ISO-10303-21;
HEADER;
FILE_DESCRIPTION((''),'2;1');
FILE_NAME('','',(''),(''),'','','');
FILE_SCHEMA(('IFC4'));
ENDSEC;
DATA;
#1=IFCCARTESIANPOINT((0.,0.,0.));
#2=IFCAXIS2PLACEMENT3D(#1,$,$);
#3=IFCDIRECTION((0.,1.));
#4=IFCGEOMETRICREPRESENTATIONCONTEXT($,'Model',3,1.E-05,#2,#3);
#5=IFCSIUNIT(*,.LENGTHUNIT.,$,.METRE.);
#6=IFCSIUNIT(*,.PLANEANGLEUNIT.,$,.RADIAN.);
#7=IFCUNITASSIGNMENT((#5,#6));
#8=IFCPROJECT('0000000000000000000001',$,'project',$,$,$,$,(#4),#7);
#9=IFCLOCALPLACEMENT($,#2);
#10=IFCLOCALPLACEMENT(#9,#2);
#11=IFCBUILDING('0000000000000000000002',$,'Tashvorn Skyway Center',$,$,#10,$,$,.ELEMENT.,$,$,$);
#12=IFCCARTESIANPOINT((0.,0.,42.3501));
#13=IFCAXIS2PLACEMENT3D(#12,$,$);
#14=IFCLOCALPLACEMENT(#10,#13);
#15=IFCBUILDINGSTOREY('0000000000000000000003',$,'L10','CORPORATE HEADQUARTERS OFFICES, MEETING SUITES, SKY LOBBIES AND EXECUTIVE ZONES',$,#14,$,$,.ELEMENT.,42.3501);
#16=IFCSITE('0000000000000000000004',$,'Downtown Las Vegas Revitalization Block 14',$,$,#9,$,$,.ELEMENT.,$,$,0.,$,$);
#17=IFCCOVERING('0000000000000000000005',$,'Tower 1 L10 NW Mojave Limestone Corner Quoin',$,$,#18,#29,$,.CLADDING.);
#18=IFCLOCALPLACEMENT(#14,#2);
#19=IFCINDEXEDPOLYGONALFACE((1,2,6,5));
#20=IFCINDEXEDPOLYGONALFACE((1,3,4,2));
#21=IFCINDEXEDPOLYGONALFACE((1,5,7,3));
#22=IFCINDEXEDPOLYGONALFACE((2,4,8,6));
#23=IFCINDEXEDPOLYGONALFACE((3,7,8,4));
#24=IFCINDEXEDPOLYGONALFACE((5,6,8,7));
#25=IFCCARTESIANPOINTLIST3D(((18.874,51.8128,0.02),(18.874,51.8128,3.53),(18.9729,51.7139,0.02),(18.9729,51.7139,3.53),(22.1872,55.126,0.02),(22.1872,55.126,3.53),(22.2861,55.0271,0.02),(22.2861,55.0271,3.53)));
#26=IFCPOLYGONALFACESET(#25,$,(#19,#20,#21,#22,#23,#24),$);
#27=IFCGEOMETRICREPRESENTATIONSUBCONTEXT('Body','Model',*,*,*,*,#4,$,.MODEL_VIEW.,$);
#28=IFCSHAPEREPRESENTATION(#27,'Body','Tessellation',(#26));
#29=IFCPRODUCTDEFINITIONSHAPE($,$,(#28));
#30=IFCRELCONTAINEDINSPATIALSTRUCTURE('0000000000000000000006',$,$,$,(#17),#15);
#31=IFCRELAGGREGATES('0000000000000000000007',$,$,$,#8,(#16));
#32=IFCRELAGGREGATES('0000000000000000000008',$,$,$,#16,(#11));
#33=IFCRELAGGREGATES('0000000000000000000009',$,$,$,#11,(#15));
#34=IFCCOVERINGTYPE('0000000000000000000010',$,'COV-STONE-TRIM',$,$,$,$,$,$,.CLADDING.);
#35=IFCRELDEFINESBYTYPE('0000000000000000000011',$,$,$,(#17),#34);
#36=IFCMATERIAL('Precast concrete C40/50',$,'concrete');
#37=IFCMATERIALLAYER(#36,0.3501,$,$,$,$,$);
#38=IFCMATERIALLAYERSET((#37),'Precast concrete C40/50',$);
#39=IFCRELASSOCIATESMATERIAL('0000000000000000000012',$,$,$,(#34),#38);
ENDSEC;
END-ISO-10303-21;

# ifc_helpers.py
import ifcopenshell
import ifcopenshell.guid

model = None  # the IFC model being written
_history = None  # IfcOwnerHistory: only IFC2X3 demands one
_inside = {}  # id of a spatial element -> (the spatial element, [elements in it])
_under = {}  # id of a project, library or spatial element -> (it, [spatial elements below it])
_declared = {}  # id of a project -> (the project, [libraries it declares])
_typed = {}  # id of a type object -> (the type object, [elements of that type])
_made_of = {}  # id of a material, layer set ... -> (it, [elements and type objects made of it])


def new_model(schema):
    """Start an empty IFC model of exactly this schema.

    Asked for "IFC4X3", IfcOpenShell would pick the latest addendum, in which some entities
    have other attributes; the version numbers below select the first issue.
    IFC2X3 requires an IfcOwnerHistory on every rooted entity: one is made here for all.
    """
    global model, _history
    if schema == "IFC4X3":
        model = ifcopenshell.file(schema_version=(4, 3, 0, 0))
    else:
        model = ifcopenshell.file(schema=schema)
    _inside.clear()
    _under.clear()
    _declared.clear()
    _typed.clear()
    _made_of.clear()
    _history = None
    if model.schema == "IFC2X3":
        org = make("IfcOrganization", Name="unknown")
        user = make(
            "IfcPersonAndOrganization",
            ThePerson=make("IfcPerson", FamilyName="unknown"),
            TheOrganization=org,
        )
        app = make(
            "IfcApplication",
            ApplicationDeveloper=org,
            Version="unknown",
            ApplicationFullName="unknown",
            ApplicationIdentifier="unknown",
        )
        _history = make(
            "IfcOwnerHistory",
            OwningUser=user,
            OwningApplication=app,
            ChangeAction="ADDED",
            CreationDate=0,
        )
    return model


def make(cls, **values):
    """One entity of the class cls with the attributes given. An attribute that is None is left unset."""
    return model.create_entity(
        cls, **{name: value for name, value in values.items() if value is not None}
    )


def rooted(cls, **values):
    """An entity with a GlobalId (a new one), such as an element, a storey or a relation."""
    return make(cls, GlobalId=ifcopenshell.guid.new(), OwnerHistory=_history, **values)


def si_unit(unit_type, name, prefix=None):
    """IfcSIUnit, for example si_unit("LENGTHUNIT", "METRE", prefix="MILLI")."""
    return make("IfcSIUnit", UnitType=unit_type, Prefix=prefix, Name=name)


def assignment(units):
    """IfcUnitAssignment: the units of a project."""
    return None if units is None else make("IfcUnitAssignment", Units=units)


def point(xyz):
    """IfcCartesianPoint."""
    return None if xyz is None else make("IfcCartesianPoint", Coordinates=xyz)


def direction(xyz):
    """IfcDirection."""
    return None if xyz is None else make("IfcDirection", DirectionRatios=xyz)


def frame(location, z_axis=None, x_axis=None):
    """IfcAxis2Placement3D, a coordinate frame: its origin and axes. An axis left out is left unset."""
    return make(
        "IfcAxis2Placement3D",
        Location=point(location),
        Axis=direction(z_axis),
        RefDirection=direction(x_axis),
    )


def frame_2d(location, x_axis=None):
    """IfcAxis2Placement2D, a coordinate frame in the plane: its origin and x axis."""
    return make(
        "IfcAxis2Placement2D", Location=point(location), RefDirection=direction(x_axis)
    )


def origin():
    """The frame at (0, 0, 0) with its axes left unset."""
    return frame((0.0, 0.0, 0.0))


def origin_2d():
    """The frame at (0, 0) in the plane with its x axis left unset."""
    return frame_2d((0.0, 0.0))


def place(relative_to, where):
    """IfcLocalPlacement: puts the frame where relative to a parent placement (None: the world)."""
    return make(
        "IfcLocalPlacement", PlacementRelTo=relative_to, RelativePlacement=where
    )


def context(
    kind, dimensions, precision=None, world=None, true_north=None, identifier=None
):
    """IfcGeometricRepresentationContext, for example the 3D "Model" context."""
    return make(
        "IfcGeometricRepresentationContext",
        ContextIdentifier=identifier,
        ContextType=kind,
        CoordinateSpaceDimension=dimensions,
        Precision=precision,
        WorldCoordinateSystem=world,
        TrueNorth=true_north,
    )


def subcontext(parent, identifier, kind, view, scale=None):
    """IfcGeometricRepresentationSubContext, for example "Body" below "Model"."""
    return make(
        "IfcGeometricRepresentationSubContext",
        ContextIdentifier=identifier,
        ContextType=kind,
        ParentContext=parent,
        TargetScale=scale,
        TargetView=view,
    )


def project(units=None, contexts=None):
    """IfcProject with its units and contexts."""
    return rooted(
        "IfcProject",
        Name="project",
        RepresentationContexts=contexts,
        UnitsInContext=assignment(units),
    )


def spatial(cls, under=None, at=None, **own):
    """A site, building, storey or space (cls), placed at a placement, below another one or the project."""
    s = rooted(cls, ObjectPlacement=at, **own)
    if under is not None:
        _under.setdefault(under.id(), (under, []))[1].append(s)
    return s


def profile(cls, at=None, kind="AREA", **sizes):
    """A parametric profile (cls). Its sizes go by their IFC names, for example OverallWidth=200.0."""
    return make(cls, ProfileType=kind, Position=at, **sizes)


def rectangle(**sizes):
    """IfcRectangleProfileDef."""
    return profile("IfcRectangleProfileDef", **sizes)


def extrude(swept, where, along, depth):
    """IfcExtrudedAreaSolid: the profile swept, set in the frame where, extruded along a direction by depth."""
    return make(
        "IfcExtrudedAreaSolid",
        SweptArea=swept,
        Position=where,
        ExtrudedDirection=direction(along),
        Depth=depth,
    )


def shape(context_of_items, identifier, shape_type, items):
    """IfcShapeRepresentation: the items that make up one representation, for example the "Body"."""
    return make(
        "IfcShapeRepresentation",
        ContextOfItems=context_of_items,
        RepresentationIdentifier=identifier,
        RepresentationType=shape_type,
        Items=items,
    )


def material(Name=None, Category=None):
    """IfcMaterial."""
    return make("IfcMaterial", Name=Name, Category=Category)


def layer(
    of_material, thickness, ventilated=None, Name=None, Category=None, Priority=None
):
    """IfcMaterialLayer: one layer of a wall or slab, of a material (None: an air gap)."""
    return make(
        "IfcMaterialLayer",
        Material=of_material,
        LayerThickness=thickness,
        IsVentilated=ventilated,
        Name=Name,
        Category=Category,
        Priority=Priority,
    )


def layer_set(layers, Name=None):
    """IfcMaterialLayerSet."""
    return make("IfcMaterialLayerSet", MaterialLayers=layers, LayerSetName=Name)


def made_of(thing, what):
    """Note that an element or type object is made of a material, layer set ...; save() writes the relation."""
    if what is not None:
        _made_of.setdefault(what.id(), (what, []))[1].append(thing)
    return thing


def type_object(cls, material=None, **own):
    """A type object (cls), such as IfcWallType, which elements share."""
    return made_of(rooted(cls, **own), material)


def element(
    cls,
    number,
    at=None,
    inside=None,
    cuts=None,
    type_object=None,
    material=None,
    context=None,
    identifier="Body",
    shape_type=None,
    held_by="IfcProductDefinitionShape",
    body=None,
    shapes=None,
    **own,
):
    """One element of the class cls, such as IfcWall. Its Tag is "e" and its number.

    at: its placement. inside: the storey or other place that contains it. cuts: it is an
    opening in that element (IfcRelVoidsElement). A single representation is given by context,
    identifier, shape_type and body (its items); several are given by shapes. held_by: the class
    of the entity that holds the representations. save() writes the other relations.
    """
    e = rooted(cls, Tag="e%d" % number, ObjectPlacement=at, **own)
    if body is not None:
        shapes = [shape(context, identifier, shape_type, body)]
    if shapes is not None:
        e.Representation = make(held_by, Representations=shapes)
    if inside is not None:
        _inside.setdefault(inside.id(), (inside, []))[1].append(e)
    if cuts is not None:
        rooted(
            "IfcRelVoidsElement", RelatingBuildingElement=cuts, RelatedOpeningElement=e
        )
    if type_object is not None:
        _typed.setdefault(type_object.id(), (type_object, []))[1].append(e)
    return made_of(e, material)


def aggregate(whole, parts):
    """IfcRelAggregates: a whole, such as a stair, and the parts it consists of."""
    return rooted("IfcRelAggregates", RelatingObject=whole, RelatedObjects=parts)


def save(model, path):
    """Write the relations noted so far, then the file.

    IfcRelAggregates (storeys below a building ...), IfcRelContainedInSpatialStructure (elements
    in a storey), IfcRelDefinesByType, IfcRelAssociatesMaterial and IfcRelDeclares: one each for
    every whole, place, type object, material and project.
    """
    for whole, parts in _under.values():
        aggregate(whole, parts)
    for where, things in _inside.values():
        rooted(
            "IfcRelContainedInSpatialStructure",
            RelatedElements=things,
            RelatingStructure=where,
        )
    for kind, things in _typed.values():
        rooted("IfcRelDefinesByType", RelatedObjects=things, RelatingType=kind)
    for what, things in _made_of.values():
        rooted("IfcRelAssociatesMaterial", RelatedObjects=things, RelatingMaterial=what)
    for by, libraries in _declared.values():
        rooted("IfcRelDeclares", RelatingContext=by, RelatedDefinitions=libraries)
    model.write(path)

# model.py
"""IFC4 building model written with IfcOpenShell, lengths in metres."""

from ifc_helpers import new_model, si_unit, direction, frame, origin, origin_2d, place, context, subcontext, project, spatial, rectangle, extrude, material, layer, layer_set, type_object, element, save


model = new_model("IFC4")

# Units and contexts
model_context = context("Model", 3, precision=1e-05, world=origin(), true_north=direction((0.0, 1.0)))
body_context = subcontext(model_context, "Body", "Model", "MODEL_VIEW")
ifc_project = project(units=[si_unit("LENGTHUNIT", "METRE"), si_unit("PLANEANGLEUNIT", "RADIAN")], contexts=[model_context])

# Site, building, storey
site_placement = place(None, origin())
site = spatial("IfcSite", under=ifc_project, at=site_placement, Name="Downtown Las Vegas Revitalization Block 14", CompositionType="ELEMENT", RefElevation=0.0)
building_placement = place(site_placement, origin())
building = spatial("IfcBuilding", under=site, at=building_placement, Name="Tashvorn Skyway Center", CompositionType="ELEMENT")
storey_placement = place(building_placement, frame((0.0, 0.0, 42.3501)))
storey = spatial("IfcBuildingStorey", under=building, at=storey_placement, Name="L10", Description="CORPORATE HEADQUARTERS OFFICES, MEETING SUITES, SKY LOBBIES AND EXECUTIVE ZONES", CompositionType="ELEMENT", Elevation=42.3501)

# Shared definitions
ifc_material_1 = material(Name="Precast concrete C40/50", Category="concrete")

# Covering
ifc_layer_1 = layer(ifc_material_1, 0.3501)
ifc_layer_set_1 = layer_set([ifc_layer_1], Name="Precast concrete C40/50")
covering_type_1 = type_object("IfcCoveringType", Name="COV-STONE-TRIM", PredefinedType="CLADDING", material=ifc_layer_set_1)
covering_1_placement = place(storey_placement, frame((20.5801, 53.4199, 0.02), z_axis=(0.0, 0.0, 1.0), x_axis=(-0.707107, -0.707107, 0.0)))
element("IfcCovering", 1, at=covering_1_placement, inside=storey, type_object=covering_type_1, Name="Tower 1 L10 NW Mojave Limestone Corner Quoin", PredefinedType="CLADDING", context=body_context, shape_type="SweptSolid", body=[
    extrude(rectangle(XDim=4.6855, YDim=0.1399, at=origin_2d()), origin(), (0.0, 0.0, 1.0), 3.51),
])

save(model, "model.ifc")
